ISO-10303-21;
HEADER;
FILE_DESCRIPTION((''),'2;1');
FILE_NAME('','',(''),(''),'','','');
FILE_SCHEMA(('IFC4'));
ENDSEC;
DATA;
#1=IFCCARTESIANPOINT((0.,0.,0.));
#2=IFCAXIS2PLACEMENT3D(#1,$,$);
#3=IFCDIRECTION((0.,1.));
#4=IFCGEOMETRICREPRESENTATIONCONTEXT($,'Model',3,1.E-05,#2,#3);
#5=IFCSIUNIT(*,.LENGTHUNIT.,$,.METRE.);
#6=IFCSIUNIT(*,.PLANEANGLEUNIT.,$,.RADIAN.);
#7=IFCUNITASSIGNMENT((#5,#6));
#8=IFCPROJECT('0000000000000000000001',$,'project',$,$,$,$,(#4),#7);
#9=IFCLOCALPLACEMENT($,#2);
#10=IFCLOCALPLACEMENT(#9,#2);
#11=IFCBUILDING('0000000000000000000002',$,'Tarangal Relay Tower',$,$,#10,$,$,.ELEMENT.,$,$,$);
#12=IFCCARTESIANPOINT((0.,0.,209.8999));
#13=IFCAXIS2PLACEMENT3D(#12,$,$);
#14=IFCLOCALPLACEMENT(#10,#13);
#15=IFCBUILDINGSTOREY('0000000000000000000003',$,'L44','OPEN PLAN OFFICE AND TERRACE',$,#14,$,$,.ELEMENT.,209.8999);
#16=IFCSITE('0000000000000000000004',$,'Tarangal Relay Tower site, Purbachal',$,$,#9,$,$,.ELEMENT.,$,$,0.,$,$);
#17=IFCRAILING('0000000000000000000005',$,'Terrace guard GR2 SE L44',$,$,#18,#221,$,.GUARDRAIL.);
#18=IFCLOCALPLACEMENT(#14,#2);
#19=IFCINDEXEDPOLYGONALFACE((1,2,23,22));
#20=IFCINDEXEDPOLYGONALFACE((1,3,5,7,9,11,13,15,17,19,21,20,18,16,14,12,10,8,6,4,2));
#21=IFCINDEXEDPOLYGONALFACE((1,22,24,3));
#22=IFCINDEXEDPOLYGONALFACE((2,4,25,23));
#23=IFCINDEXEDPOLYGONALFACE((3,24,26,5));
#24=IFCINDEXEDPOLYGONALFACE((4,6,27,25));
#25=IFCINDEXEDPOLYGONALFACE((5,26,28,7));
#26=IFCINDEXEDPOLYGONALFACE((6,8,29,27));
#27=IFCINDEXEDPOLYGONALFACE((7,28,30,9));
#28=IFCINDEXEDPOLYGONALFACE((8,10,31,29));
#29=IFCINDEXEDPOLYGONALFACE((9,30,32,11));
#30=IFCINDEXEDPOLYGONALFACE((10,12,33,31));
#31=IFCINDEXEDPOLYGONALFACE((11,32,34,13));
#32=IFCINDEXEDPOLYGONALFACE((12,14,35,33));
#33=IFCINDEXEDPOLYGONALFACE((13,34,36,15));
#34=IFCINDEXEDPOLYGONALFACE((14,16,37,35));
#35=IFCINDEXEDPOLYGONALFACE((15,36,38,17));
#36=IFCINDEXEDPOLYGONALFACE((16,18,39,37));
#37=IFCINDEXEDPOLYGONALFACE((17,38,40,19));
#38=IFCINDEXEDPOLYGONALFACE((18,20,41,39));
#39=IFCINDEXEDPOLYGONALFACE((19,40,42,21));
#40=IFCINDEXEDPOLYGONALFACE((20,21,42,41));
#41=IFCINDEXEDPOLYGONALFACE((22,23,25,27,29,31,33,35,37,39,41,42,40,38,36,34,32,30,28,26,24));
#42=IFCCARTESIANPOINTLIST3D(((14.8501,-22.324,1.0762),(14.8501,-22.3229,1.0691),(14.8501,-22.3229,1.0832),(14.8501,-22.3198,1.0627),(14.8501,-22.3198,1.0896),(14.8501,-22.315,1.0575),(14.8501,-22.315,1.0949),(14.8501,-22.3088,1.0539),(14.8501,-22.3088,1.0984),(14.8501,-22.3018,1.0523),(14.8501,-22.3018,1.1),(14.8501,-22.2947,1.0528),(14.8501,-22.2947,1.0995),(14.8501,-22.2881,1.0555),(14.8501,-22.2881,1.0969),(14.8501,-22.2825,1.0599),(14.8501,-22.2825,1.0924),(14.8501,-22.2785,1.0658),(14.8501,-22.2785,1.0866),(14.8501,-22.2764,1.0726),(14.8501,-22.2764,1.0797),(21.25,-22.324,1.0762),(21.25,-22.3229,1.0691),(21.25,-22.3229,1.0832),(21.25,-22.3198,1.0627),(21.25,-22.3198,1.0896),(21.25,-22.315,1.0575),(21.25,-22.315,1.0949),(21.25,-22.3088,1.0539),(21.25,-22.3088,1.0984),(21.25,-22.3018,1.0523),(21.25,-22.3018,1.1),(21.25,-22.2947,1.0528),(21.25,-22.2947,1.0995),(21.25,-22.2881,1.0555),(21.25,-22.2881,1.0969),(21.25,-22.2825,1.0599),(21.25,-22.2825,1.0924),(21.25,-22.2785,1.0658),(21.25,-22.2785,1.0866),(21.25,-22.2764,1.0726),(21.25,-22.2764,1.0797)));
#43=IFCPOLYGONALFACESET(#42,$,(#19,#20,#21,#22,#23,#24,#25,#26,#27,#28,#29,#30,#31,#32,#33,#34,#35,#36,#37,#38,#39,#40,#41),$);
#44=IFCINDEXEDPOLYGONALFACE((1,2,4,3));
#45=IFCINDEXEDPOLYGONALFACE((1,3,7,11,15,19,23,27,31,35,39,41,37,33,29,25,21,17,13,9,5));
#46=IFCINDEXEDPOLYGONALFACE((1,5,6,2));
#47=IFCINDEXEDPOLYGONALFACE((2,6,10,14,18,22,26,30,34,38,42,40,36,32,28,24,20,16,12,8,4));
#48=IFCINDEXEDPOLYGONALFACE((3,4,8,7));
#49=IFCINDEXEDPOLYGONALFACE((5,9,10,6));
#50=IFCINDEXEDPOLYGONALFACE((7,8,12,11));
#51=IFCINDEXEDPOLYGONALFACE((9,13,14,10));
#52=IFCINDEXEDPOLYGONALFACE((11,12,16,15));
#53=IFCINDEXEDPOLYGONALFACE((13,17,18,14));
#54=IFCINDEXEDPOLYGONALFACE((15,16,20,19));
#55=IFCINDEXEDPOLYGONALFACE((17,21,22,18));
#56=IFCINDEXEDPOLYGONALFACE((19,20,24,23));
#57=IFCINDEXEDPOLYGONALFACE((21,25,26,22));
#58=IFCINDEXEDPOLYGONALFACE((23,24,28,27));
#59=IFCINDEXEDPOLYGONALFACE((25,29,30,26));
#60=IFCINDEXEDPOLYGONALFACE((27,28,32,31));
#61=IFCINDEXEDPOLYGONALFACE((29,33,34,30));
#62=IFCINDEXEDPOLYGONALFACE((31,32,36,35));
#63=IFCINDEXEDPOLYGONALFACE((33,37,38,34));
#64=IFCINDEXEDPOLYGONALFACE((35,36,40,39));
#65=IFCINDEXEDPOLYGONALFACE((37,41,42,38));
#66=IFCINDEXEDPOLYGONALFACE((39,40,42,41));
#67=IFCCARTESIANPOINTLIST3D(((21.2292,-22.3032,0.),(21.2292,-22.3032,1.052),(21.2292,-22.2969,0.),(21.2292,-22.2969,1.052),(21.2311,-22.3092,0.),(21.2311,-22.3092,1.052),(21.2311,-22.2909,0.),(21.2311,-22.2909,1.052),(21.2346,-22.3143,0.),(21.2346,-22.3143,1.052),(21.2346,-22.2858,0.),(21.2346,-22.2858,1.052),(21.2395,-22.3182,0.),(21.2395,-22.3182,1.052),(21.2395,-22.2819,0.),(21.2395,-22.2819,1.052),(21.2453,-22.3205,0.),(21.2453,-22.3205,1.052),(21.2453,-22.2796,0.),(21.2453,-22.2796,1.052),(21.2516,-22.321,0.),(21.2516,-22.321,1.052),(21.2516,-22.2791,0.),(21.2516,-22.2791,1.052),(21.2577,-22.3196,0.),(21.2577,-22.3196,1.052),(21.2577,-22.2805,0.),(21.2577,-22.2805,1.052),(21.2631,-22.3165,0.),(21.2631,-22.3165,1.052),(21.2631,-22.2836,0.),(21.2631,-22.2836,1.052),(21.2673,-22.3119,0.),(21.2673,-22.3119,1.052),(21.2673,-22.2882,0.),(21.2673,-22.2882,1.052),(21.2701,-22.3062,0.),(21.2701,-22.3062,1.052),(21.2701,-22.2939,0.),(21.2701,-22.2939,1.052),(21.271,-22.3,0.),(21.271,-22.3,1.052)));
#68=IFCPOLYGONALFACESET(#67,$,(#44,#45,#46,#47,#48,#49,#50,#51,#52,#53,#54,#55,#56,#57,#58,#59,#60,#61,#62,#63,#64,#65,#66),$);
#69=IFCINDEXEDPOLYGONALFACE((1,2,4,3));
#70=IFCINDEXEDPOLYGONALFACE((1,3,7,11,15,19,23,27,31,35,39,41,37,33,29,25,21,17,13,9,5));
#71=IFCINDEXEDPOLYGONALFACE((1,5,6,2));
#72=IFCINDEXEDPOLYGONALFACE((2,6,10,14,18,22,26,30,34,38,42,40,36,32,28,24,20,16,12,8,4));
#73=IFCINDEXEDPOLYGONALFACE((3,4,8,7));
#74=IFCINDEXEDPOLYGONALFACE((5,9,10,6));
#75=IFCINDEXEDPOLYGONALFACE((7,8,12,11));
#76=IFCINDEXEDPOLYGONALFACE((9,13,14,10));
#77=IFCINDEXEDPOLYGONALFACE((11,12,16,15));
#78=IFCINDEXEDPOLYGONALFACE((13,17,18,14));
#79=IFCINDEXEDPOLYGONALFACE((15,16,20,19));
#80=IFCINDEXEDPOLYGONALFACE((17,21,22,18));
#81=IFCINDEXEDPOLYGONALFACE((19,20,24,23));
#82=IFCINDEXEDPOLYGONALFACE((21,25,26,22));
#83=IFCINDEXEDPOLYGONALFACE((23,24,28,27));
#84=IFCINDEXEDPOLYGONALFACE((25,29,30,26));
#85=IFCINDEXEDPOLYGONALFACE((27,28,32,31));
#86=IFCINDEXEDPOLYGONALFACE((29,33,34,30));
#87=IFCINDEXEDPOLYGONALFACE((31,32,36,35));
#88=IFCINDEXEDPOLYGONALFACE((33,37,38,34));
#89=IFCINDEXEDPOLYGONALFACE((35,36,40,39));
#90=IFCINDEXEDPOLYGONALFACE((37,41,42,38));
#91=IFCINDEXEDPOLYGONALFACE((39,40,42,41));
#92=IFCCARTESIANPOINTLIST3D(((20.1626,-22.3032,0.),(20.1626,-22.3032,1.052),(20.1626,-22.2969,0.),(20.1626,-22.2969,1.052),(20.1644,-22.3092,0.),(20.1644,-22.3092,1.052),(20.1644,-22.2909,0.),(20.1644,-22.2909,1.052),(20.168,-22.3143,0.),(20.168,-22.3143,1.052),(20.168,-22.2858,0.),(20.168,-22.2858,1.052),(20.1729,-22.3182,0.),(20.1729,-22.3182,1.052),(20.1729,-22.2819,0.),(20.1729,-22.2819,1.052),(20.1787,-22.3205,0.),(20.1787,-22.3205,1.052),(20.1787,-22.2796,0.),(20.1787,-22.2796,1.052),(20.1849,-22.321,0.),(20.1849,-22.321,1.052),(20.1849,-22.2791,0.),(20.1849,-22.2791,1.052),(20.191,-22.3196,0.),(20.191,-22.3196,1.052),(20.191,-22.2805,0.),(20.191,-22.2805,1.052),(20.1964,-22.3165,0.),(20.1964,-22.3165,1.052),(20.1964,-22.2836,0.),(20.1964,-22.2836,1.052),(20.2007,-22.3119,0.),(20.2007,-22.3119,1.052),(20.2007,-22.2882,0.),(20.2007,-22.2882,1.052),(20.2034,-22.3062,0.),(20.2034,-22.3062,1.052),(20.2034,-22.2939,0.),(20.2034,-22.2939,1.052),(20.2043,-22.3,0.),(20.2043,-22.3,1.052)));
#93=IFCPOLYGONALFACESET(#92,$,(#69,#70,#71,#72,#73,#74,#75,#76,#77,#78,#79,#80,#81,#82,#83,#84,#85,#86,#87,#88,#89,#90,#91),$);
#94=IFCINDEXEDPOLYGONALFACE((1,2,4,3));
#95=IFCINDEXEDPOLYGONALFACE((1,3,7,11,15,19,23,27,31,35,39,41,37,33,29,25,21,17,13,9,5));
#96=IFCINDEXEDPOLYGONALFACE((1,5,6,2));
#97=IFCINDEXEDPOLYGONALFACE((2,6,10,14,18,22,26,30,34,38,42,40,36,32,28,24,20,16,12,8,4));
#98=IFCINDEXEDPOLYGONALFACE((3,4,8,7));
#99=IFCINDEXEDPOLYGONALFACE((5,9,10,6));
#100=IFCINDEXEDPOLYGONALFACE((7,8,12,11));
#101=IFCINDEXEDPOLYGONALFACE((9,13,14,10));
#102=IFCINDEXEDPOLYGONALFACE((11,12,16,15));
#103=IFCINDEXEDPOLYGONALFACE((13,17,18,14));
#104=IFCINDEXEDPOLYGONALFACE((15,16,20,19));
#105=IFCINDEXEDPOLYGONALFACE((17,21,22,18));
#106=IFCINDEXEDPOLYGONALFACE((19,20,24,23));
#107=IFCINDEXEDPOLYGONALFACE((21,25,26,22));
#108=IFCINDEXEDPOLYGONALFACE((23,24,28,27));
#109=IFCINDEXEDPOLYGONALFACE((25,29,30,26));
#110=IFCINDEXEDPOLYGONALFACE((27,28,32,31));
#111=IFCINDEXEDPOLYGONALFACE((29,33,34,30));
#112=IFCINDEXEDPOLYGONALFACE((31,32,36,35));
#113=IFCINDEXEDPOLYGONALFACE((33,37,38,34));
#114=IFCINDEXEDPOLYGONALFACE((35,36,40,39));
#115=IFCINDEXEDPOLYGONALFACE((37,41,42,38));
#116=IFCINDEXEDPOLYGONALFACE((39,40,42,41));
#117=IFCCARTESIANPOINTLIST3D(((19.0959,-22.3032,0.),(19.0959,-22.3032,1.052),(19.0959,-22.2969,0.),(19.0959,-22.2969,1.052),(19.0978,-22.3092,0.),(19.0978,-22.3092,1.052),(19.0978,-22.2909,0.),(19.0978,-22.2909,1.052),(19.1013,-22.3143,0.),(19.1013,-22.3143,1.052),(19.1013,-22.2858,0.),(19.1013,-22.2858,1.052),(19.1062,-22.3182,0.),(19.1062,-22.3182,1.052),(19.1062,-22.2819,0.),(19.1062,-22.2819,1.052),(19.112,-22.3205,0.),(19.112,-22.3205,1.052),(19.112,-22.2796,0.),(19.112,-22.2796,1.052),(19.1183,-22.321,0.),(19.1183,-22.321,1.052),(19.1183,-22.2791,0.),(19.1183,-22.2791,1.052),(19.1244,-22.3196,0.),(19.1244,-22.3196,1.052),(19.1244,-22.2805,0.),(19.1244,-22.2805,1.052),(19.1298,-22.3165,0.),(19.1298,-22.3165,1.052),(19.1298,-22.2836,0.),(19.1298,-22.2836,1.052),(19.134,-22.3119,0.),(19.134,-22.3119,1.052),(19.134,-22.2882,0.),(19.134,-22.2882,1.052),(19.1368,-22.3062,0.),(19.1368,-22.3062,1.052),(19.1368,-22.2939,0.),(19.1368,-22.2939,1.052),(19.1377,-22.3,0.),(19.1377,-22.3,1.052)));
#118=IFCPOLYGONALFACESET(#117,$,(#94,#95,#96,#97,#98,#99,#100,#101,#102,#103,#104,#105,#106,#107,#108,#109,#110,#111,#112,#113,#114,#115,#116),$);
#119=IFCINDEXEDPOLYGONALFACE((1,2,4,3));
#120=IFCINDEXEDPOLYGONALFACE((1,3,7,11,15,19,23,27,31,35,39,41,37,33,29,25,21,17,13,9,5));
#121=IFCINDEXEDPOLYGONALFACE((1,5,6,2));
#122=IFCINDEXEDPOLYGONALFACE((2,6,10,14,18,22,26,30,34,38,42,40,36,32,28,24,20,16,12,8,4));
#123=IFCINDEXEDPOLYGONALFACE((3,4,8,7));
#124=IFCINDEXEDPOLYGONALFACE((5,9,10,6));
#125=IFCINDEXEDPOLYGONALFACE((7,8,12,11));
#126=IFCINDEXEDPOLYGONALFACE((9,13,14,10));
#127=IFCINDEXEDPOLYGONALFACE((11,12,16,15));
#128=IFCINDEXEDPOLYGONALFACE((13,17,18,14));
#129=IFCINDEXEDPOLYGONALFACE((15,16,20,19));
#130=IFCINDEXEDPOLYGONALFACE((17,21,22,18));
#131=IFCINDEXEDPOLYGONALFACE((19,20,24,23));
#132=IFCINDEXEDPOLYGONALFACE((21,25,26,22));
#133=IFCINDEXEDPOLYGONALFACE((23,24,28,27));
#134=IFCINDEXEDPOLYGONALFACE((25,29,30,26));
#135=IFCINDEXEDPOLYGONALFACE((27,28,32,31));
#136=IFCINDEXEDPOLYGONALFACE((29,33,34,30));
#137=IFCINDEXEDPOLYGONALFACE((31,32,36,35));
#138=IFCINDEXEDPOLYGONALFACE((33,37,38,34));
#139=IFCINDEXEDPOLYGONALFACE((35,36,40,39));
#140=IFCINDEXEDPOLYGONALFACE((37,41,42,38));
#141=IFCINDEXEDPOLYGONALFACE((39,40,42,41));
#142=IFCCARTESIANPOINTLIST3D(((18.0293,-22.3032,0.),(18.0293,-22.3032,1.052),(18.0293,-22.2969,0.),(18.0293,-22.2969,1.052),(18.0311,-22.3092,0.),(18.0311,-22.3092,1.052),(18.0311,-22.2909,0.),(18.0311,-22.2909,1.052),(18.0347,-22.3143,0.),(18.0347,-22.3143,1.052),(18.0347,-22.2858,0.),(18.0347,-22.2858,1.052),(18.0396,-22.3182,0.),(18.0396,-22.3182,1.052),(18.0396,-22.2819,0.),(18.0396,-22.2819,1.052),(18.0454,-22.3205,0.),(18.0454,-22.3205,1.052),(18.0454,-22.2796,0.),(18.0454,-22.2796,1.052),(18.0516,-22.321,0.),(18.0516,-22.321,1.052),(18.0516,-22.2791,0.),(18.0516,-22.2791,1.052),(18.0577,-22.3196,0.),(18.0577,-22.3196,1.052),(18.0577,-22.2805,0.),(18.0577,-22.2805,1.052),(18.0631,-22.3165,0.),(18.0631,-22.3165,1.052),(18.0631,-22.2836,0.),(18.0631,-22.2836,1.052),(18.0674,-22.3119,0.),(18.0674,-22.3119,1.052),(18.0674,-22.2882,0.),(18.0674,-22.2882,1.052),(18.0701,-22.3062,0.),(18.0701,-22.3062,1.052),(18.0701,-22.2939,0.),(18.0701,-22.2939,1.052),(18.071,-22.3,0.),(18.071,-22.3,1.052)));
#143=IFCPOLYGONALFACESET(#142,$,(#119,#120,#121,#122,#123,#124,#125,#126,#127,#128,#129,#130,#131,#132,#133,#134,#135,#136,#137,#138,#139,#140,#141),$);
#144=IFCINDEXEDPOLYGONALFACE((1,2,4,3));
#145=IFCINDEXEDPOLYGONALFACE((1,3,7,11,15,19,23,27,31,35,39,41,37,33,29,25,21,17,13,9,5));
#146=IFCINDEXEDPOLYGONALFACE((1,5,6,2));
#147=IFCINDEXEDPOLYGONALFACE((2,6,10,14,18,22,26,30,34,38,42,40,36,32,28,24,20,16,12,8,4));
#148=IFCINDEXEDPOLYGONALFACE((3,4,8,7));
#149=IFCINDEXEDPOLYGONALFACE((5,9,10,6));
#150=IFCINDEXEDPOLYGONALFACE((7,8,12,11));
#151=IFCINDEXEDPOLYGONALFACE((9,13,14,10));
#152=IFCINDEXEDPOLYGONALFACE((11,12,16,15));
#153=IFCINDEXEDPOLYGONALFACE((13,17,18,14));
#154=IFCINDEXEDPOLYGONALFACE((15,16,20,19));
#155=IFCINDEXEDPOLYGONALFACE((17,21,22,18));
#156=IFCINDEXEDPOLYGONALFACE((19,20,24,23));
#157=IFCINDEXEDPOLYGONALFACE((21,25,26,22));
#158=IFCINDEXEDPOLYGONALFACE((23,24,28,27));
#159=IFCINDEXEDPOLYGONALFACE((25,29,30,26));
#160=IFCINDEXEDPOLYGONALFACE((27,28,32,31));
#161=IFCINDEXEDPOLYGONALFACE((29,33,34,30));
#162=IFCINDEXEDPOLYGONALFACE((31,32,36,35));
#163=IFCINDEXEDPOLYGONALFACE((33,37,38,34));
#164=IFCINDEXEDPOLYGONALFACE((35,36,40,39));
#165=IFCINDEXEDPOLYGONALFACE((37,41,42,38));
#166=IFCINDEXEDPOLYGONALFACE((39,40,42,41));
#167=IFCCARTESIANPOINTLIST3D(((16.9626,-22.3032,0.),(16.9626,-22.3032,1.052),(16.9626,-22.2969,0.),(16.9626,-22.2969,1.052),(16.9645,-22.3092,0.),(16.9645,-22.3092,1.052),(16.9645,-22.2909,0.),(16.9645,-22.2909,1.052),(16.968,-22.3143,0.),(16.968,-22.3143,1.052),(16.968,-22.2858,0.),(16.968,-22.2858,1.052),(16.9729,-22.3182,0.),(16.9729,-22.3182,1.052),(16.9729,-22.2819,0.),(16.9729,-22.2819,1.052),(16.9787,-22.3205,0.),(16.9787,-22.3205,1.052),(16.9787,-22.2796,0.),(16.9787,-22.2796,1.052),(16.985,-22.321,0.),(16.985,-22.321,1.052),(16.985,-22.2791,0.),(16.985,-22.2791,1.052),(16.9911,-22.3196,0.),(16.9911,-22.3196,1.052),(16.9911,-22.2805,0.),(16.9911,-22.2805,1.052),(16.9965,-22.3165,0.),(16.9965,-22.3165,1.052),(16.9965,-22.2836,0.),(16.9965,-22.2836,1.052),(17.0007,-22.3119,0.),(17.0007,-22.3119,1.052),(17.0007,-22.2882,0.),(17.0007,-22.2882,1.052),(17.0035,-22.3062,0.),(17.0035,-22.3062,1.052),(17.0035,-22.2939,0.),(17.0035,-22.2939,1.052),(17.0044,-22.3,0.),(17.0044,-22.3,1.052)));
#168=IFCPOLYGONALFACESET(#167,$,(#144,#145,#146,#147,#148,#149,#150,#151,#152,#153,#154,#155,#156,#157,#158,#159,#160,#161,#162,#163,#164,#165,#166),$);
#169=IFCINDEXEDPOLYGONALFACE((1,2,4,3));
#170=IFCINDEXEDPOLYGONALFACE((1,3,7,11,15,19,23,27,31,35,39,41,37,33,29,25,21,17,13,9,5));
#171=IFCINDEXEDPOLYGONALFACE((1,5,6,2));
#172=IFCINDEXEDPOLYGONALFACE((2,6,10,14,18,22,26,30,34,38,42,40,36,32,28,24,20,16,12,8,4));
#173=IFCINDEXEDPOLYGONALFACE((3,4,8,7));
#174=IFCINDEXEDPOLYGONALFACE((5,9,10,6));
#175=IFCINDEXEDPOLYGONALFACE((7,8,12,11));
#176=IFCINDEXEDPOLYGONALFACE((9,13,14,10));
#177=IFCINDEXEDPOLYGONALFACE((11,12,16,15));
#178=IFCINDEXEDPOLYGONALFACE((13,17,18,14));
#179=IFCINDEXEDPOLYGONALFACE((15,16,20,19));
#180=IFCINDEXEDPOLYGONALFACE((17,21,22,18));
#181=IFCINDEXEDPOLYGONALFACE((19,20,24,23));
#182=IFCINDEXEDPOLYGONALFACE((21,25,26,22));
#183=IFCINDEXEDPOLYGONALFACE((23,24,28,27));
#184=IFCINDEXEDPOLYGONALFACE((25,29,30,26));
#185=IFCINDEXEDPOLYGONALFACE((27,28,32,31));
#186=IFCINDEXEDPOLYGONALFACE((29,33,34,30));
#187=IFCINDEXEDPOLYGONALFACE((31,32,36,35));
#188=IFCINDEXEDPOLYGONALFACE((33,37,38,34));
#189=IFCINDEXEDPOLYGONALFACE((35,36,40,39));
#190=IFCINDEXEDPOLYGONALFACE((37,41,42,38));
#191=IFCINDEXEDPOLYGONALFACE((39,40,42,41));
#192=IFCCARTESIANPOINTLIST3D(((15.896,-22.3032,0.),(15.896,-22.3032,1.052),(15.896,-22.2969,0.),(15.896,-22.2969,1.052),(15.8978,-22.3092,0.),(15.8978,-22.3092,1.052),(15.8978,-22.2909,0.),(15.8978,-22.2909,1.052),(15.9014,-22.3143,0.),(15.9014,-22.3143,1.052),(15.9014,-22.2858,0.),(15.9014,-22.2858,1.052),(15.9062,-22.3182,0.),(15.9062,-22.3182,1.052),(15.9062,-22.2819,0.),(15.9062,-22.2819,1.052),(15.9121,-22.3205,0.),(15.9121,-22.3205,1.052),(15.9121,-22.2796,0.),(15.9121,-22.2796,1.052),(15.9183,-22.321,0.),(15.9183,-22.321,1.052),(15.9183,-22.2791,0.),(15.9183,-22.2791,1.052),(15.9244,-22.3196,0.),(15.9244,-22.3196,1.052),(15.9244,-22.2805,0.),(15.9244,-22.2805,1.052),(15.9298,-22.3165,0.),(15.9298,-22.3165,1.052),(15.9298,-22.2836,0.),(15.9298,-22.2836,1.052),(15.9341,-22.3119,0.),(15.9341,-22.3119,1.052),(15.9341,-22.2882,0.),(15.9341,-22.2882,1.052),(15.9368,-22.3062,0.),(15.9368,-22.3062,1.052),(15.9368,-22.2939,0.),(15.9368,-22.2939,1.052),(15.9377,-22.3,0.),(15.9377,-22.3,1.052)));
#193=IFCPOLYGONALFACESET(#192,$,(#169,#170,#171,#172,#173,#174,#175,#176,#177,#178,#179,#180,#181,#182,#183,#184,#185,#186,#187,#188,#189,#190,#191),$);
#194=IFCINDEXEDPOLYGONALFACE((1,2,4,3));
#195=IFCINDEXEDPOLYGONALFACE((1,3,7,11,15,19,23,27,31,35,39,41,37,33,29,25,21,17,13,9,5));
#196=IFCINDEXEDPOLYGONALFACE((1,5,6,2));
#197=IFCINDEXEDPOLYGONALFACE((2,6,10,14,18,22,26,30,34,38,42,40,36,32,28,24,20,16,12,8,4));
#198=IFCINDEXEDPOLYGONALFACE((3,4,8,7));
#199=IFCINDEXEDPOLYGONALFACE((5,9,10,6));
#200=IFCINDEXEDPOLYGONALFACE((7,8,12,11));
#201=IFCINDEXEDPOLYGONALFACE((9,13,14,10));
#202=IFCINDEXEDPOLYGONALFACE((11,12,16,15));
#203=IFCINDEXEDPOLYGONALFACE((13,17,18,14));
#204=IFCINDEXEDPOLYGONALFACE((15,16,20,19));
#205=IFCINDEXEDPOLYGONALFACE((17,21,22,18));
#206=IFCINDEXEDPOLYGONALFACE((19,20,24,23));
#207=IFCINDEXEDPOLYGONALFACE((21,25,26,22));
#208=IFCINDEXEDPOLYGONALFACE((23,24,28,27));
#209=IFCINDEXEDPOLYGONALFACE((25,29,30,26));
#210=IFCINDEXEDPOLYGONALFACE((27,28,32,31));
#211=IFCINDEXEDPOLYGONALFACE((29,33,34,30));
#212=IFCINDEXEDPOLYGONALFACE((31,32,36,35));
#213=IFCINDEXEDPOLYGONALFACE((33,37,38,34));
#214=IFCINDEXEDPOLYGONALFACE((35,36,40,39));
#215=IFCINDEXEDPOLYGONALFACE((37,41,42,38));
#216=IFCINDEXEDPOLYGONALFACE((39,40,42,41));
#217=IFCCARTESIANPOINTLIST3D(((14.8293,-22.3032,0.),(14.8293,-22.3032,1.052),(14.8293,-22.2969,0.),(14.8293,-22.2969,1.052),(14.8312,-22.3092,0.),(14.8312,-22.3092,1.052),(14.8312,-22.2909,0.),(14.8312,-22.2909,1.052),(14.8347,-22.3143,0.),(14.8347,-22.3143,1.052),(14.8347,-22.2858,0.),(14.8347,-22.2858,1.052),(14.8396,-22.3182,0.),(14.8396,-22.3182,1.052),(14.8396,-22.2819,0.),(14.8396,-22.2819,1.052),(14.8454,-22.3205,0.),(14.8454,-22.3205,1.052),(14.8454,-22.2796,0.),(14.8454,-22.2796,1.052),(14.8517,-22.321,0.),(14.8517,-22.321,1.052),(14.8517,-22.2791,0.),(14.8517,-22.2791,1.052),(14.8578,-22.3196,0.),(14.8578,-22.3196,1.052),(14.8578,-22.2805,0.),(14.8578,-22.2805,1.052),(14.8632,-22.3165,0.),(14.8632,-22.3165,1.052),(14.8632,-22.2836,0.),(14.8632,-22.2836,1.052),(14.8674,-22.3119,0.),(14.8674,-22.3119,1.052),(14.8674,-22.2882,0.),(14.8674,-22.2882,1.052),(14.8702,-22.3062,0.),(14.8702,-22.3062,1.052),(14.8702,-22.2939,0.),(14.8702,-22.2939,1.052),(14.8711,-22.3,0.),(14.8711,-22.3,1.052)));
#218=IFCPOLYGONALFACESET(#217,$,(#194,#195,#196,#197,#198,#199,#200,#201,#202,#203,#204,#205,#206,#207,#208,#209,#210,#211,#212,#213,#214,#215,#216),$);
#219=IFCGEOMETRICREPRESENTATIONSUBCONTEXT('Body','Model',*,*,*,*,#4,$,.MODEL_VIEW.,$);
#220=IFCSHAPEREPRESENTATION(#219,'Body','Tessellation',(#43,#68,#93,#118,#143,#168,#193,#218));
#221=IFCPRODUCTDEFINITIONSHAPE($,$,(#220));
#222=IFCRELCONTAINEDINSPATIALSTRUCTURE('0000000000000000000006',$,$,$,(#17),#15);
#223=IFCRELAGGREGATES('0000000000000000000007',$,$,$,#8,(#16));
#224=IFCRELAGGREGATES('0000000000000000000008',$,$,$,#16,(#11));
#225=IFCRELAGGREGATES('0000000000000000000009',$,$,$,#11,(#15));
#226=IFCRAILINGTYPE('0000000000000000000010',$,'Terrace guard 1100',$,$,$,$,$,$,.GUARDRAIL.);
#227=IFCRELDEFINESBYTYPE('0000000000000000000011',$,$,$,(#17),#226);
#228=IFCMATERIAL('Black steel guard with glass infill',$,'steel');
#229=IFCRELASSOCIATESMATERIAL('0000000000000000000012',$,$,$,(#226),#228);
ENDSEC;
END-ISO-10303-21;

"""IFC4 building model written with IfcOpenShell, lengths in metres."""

from ifc_helpers import new_model, si_unit, direction, frame, origin, origin_2d, place, context, subcontext, project, spatial, circle, extrude, material, type_object, element, save


model = new_model("IFC4")

# Units and contexts
model_context = context("Model", 3, precision=1e-05, world=origin(), true_north=direction((0.0, 1.0)))
body_context = subcontext(model_context, "Body", "Model", "MODEL_VIEW")
ifc_project = project(units=[si_unit("LENGTHUNIT", "METRE"), si_unit("PLANEANGLEUNIT", "RADIAN")], contexts=[model_context])

# Site, building, storey
site_placement = place(None, origin())
site = spatial("IfcSite", under=ifc_project, at=site_placement, Name="Tarangal Relay Tower site, Purbachal", CompositionType="ELEMENT", RefElevation=0.0)
building_placement = place(site_placement, origin())
building = spatial("IfcBuilding", under=site, at=building_placement, Name="Tarangal Relay Tower", CompositionType="ELEMENT")
storey_placement = place(building_placement, frame((0.0, 0.0, 209.8999)))
storey = spatial("IfcBuildingStorey", under=building, at=storey_placement, Name="L44", Description="OPEN PLAN OFFICE AND TERRACE", CompositionType="ELEMENT", Elevation=209.8999)

# Railing
ifc_material_1 = material(Name="Black steel guard with glass infill", Category="steel")
railing_type = type_object("IfcRailingType", Name="Terrace guard 1100", PredefinedType="GUARDRAIL", material=ifc_material_1)
railing_1_placement = place(storey_placement, frame((21.25, -22.3, 0.0)))
element("IfcRailing", 1, at=railing_1_placement, inside=storey, type_object=railing_type, Name="Terrace guard GR2 SE L44", PredefinedType="GUARDRAIL", context=body_context, shape_type="SweptSolid", body=[
    extrude(circle(Radius=0.0239, at=origin_2d()), frame((0.0, 0.0, 1.0762), z_axis=(-1.0, 0.0, 0.0), x_axis=(0.0, -1.0, 0.0)), (0.0, 0.0, 1.0), 6.3999),
    extrude(circle(Radius=0.021, at=origin_2d()), origin(), (0.0, 0.0, 1.0), 1.052),
    extrude(circle(Radius=0.021, at=origin_2d()), frame((-1.0667, 0.0, 0.0)), (0.0, 0.0, 1.0), 1.052),
    extrude(circle(Radius=0.021, at=origin_2d()), frame((-2.1333, 0.0, 0.0)), (0.0, 0.0, 1.0), 1.052),
    extrude(circle(Radius=0.021, at=origin_2d()), frame((-3.2, 0.0, 0.0)), (0.0, 0.0, 1.0), 1.052),
    extrude(circle(Radius=0.021, at=origin_2d()), frame((-4.2666, 0.0, 0.0)), (0.0, 0.0, 1.0), 1.052),
    extrude(circle(Radius=0.021, at=origin_2d()), frame((-5.3333, 0.0, 0.0)), (0.0, 0.0, 1.0), 1.052),
    extrude(circle(Radius=0.021, at=origin_2d()), frame((-6.3999, 0.0, 0.0)), (0.0, 0.0, 1.0), 1.052),
])

save(model, "model.ifc")
